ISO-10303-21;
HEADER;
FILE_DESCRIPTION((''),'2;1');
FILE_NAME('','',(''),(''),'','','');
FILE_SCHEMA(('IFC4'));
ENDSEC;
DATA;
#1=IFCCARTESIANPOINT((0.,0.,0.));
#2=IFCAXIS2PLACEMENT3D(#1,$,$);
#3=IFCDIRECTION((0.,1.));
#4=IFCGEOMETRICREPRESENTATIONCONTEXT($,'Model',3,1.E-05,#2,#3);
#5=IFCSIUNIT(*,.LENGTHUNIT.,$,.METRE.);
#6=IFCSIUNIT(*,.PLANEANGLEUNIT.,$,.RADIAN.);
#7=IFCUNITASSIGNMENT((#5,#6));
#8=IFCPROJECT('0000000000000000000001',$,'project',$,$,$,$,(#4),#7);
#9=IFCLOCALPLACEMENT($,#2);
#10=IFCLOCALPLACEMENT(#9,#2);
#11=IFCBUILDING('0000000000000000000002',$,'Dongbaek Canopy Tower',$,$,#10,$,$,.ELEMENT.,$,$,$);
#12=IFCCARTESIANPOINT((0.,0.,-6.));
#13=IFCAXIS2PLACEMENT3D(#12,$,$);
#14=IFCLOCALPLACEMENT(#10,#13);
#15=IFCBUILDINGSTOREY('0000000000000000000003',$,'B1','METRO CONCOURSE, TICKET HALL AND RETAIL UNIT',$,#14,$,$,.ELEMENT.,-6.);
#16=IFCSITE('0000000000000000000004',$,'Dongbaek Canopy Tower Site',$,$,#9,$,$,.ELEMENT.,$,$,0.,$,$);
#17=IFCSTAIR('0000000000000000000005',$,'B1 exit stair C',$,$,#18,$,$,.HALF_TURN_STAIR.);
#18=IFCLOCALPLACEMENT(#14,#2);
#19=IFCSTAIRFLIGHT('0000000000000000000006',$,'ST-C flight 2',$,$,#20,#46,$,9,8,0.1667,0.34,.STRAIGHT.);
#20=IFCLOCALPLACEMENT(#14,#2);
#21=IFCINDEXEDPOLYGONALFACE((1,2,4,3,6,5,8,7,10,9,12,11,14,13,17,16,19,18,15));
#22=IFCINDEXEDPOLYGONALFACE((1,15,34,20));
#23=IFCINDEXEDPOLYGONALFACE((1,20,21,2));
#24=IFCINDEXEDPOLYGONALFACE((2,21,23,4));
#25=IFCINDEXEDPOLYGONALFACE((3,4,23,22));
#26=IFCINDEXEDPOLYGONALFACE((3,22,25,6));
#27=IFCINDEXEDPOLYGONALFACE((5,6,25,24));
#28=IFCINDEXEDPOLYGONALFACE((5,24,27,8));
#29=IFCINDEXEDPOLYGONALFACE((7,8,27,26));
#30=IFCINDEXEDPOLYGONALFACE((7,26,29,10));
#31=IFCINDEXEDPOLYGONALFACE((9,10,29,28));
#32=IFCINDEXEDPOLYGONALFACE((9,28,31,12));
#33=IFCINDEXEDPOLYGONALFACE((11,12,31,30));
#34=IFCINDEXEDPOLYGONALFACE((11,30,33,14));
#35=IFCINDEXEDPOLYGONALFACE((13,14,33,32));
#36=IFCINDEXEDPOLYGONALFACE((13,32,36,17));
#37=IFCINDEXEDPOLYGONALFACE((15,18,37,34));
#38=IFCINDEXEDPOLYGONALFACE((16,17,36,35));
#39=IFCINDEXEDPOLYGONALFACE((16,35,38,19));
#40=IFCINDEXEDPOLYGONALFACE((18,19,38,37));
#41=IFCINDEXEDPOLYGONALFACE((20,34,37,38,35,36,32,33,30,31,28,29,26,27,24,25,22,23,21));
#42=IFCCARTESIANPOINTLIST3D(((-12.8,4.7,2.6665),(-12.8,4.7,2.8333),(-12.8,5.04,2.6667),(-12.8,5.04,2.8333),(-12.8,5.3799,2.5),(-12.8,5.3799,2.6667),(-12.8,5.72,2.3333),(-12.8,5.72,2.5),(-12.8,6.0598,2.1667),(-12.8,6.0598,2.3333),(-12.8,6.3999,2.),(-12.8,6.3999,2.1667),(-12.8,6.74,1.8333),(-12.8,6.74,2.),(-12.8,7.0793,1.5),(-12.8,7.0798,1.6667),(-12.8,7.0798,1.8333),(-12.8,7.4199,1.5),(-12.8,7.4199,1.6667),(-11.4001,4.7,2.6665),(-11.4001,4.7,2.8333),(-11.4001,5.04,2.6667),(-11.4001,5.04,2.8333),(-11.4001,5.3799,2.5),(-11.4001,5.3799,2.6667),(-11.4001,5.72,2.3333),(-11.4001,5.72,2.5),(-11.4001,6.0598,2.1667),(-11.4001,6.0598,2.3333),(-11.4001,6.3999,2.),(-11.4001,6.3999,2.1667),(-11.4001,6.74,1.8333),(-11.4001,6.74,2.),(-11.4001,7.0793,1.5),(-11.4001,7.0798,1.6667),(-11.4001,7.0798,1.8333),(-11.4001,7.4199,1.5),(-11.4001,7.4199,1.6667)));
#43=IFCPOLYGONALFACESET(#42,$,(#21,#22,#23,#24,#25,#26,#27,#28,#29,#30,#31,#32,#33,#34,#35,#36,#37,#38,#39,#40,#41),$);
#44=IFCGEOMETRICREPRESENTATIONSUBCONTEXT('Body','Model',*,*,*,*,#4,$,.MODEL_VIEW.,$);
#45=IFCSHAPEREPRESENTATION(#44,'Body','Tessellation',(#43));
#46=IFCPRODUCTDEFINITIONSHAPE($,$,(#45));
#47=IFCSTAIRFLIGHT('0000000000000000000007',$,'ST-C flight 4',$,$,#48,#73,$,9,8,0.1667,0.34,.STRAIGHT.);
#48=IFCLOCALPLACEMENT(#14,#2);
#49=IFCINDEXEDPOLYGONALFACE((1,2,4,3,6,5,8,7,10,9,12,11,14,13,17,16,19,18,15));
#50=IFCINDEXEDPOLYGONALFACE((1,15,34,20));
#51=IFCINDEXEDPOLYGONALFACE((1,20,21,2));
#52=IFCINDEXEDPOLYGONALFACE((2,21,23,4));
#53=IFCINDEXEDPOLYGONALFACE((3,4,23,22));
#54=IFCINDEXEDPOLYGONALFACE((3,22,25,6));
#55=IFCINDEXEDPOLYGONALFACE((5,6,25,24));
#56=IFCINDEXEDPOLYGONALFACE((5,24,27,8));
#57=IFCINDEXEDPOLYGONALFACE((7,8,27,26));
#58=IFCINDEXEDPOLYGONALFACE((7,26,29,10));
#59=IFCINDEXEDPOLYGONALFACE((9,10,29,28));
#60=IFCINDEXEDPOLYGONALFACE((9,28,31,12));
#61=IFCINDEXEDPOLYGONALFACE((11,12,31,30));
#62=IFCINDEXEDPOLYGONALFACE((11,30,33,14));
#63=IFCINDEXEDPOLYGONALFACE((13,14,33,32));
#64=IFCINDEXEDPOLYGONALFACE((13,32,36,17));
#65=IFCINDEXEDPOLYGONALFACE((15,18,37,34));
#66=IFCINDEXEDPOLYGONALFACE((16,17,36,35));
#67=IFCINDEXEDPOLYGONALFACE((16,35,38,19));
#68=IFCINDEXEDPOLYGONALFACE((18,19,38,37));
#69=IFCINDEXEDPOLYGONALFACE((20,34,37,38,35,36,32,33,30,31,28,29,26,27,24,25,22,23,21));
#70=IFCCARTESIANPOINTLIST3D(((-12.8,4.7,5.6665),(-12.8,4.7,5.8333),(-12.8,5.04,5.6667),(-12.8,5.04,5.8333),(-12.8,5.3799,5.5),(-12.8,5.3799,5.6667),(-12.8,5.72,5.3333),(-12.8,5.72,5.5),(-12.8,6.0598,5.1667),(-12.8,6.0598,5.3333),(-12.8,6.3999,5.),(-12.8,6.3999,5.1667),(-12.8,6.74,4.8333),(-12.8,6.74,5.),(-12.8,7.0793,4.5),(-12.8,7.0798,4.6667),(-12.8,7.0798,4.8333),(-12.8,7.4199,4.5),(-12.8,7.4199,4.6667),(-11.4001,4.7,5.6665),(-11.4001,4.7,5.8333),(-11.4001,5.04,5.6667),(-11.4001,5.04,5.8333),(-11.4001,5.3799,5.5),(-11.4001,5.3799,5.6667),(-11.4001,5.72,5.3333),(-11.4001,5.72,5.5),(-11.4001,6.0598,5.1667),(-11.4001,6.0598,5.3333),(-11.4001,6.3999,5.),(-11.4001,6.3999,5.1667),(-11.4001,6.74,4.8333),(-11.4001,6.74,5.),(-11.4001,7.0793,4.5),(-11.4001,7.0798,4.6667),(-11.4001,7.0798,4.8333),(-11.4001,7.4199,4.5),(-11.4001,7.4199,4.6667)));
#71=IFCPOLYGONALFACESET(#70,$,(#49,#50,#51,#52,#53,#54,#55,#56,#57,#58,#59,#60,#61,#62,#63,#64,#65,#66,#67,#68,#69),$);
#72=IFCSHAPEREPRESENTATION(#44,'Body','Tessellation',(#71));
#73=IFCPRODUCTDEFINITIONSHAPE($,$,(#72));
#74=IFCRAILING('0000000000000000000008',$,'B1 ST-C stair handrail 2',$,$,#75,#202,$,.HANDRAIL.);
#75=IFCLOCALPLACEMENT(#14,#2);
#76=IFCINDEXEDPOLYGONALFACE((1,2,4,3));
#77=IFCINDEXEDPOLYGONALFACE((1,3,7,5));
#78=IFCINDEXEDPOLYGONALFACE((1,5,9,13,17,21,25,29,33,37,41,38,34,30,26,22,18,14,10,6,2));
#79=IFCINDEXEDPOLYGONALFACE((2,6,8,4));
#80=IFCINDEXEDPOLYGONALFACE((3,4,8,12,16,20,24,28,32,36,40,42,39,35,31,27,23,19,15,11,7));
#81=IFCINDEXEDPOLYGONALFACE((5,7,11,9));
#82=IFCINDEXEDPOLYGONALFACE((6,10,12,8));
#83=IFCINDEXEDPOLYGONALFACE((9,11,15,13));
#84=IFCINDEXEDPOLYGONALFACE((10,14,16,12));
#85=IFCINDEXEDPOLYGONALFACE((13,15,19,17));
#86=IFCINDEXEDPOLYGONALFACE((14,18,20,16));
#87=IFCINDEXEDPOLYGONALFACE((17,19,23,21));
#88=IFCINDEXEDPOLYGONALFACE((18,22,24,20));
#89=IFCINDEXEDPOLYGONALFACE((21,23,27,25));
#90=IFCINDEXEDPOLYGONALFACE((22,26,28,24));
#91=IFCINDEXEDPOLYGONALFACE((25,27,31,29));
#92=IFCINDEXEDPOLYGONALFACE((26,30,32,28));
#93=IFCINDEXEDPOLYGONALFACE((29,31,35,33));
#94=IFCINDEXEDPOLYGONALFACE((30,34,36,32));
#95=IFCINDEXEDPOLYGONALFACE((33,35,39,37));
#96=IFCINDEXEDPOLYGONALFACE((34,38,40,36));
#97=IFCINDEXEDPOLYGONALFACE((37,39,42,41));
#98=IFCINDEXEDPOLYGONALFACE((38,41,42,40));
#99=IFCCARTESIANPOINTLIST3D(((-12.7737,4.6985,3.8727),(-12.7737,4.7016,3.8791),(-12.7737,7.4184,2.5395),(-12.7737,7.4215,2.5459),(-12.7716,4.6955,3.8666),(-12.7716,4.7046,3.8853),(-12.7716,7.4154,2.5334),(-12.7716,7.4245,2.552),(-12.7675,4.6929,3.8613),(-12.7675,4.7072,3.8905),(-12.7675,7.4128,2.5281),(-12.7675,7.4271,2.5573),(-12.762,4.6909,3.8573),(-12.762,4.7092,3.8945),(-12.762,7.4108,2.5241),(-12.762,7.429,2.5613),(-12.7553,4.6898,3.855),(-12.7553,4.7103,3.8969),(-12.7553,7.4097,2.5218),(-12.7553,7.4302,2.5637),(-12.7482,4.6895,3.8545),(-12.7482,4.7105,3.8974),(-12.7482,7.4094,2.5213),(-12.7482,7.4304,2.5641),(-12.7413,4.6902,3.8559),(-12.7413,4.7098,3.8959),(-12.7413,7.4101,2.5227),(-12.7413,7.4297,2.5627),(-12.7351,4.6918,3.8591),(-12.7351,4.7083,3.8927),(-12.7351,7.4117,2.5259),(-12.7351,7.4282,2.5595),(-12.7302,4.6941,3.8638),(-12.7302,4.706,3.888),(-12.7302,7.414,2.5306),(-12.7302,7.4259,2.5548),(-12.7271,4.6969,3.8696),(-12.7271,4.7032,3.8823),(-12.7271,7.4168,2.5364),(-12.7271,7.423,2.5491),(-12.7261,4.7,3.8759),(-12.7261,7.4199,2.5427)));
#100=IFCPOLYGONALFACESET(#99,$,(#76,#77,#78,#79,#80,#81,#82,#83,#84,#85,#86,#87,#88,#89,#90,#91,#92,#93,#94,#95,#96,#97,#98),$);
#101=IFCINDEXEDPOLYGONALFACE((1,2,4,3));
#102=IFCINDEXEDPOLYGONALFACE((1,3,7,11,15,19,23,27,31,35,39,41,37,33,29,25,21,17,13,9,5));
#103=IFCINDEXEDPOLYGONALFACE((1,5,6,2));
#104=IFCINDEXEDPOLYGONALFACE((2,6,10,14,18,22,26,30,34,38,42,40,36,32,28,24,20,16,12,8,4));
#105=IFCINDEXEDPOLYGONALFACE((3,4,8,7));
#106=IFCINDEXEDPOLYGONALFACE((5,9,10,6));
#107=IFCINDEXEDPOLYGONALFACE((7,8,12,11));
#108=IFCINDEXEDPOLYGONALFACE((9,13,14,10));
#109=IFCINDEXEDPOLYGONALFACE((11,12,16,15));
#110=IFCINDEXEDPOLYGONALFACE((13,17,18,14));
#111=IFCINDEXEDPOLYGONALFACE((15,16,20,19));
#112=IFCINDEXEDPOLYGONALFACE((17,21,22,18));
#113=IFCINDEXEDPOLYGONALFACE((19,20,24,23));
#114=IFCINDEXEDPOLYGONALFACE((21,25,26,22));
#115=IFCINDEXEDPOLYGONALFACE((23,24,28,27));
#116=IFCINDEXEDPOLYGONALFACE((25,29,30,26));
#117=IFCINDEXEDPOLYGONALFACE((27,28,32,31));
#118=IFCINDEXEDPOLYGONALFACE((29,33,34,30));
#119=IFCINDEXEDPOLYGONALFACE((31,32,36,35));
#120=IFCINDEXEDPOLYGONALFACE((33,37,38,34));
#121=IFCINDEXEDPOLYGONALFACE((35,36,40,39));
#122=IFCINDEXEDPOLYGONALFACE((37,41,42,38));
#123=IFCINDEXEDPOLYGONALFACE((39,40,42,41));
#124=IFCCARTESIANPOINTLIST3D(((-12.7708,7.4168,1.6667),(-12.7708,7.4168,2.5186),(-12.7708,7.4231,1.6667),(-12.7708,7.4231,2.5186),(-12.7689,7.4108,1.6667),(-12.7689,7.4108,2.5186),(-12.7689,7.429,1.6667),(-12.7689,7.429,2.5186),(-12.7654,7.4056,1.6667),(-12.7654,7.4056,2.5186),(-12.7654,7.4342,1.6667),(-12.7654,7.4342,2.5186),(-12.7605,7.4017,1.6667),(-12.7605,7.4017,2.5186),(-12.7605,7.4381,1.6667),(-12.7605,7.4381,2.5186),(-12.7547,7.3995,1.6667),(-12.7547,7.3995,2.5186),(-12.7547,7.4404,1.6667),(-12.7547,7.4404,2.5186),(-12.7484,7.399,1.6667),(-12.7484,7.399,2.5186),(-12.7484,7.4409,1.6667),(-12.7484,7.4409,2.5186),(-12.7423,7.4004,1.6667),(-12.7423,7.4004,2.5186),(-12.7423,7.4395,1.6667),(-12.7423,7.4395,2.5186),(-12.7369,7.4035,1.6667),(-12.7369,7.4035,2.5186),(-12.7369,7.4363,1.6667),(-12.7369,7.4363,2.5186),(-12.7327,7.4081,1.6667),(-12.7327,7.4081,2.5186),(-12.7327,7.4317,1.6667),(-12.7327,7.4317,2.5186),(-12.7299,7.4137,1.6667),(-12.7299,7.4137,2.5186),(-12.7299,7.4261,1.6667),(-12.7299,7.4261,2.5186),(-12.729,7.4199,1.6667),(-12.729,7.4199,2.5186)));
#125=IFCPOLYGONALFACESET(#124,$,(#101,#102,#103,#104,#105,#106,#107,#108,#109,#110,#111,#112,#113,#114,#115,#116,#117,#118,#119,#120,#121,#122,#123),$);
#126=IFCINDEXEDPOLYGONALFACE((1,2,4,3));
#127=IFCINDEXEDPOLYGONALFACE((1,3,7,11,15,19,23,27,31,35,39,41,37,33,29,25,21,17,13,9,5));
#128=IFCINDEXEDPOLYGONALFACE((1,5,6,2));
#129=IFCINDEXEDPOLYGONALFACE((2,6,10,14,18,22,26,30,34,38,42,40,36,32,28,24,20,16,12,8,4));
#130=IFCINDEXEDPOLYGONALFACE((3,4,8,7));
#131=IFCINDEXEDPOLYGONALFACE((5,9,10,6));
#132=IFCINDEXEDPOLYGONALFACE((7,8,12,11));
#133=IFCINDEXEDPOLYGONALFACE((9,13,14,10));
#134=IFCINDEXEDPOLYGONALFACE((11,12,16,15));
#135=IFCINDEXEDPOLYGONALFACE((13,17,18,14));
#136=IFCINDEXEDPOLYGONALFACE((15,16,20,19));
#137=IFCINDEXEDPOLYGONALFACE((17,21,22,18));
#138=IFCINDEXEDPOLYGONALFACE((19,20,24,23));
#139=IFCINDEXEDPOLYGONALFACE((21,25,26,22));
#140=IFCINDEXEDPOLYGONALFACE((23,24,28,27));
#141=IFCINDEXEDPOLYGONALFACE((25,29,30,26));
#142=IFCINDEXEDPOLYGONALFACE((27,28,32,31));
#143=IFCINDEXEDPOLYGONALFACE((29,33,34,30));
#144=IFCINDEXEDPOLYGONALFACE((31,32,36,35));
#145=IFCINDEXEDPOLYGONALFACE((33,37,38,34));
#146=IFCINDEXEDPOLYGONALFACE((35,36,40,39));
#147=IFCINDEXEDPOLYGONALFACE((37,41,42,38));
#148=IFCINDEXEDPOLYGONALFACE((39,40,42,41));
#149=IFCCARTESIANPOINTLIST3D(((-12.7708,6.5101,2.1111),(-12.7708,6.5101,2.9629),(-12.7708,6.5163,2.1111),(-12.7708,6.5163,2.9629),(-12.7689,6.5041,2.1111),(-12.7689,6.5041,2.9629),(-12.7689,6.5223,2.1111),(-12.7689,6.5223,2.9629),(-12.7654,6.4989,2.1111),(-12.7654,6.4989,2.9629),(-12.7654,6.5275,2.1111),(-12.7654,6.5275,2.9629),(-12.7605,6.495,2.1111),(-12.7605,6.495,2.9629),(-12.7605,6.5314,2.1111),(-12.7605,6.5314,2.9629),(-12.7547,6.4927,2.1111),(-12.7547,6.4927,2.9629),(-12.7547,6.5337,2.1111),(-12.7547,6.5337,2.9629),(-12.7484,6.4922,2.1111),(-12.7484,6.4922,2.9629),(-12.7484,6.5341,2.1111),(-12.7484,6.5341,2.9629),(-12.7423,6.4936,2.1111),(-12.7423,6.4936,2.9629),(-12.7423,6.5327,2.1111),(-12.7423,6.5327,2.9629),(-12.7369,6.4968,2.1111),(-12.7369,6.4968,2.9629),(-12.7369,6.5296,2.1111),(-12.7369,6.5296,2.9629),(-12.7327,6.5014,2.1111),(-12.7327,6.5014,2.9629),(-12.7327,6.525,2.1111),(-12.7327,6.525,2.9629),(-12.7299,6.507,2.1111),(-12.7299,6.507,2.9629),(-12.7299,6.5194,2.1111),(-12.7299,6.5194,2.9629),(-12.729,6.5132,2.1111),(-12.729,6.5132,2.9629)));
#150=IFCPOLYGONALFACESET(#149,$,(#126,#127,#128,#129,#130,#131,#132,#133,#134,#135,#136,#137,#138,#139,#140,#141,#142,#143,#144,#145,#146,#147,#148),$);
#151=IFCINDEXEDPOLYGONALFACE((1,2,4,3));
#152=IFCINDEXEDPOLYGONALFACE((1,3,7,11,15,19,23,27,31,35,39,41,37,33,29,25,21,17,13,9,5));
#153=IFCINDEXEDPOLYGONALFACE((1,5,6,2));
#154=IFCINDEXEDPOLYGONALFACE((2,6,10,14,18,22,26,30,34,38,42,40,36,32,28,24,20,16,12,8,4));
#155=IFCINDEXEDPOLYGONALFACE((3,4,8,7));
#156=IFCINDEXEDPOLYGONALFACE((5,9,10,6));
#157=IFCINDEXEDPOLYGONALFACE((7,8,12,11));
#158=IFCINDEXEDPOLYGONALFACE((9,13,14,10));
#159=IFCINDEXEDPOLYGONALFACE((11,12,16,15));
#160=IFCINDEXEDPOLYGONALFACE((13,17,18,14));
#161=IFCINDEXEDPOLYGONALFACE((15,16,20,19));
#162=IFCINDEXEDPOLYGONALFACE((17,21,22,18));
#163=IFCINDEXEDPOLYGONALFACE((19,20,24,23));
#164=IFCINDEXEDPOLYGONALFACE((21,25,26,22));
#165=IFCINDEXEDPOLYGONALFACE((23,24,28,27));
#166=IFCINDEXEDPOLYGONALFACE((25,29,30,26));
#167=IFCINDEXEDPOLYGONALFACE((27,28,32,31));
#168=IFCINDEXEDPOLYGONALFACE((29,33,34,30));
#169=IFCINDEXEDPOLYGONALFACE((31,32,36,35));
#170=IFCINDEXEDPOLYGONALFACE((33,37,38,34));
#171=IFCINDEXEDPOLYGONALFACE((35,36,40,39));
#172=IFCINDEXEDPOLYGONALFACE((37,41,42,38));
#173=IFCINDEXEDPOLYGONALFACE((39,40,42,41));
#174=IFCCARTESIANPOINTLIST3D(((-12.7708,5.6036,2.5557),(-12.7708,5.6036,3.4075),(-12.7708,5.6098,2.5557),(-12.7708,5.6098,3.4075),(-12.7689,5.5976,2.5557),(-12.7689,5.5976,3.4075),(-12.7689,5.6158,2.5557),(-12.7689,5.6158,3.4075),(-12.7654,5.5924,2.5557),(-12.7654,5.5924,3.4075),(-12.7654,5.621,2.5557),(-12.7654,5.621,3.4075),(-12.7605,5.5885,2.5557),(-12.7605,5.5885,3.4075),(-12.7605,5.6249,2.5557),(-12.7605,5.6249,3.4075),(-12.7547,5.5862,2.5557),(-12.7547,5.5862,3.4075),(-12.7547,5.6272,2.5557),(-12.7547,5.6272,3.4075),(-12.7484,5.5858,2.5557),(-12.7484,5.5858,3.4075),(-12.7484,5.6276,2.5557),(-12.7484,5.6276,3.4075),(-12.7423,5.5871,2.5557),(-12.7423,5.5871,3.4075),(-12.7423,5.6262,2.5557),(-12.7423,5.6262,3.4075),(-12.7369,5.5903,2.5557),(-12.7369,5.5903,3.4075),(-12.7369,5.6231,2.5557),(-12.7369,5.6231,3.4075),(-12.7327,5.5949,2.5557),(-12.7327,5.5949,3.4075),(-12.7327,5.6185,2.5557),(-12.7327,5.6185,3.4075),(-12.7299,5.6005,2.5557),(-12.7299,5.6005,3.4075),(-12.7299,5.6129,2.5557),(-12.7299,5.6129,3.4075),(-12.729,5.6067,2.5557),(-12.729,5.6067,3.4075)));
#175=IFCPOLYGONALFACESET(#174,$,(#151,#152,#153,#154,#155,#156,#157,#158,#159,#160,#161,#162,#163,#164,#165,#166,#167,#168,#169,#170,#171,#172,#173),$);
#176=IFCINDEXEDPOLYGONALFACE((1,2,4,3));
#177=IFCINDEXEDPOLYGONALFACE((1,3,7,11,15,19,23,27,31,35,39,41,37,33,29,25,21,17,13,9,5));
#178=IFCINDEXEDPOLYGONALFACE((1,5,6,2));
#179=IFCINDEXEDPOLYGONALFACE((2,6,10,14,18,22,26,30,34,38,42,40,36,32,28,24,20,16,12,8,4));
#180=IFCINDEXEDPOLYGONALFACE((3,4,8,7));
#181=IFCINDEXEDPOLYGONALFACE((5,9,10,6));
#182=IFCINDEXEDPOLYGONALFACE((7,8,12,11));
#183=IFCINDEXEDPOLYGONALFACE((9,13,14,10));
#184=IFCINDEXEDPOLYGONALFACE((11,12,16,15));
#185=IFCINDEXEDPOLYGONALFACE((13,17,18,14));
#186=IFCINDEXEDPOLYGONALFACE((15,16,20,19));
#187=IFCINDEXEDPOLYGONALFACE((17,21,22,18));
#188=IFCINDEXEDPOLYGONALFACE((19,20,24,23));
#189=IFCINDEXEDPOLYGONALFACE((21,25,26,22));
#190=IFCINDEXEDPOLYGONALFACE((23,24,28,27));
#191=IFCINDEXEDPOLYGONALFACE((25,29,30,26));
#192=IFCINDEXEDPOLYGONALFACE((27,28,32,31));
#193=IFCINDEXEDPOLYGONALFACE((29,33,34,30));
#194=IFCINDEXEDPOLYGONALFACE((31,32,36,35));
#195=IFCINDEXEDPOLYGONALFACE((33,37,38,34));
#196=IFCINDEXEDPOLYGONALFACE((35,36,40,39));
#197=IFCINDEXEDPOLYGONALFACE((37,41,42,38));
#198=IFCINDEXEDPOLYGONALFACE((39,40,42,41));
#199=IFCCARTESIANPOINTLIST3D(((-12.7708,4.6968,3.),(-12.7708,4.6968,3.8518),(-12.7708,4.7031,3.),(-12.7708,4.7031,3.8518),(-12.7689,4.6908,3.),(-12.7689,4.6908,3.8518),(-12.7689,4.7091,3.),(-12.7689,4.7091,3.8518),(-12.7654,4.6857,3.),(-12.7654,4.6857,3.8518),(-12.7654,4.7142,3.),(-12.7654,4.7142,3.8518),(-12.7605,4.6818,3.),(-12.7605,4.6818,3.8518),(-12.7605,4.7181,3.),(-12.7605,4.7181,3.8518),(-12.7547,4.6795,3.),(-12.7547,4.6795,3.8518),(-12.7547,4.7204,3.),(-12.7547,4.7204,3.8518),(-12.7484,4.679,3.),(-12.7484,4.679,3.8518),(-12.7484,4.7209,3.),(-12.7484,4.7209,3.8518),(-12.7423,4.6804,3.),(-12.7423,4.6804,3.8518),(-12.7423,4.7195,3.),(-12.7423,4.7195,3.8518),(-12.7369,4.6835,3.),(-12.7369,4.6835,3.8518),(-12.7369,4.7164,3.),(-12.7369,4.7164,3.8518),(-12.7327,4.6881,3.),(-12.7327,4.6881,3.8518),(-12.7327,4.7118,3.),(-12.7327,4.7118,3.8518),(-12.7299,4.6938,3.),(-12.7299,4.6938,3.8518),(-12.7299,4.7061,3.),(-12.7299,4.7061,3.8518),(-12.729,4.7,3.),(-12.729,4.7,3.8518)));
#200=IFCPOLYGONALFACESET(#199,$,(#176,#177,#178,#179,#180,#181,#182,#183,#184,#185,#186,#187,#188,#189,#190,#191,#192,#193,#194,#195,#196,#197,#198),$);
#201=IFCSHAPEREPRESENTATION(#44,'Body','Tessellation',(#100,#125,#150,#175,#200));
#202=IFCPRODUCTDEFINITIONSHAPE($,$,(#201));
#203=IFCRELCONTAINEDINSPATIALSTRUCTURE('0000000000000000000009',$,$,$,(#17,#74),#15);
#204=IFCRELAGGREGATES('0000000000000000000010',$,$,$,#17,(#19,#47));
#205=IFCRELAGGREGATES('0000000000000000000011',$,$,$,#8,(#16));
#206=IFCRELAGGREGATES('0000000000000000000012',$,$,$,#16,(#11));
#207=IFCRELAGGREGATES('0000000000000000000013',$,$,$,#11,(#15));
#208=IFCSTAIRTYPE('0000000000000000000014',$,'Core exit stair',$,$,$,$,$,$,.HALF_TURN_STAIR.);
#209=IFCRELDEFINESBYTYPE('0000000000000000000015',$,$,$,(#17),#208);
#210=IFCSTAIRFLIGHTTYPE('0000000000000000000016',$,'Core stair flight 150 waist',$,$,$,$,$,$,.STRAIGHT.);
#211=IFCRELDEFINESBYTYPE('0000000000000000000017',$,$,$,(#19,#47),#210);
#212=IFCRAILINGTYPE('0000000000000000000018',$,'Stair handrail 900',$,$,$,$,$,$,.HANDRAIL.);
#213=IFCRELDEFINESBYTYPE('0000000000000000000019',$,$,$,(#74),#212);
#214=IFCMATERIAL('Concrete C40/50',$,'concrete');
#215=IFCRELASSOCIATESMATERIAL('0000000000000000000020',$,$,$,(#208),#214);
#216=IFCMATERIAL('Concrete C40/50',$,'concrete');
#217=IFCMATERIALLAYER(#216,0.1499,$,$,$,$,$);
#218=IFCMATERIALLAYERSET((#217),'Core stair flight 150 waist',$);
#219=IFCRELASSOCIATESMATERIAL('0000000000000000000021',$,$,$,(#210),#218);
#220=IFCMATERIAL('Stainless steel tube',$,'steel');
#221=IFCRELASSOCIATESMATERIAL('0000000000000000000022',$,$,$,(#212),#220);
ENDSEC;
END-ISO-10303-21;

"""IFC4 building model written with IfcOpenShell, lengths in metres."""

from ifc_helpers import new_model, si_unit, direction, frame, origin, origin_2d, place, context, subcontext, project, spatial, polyline, circle, outline, extrude, material, layer, layer_set, type_object, element, aggregate, save


model = new_model("IFC4")

# Units and contexts
model_context = context("Model", 3, precision=1e-05, world=origin(), true_north=direction((0.0, 1.0)))
body_context = subcontext(model_context, "Body", "Model", "MODEL_VIEW")
ifc_project = project(units=[si_unit("LENGTHUNIT", "METRE"), si_unit("PLANEANGLEUNIT", "RADIAN")], contexts=[model_context])

# Site, building, storey
site_placement = place(None, origin())
site = spatial("IfcSite", under=ifc_project, at=site_placement, Name="Dongbaek Canopy Tower Site", CompositionType="ELEMENT", RefElevation=0.0)
building_placement = place(site_placement, origin())
building = spatial("IfcBuilding", under=site, at=building_placement, Name="Dongbaek Canopy Tower", CompositionType="ELEMENT")
storey_placement = place(building_placement, frame((0.0, 0.0, -6.0)))
storey = spatial("IfcBuildingStorey", under=building, at=storey_placement, Name="B1", Description="METRO CONCOURSE, TICKET HALL AND RETAIL UNIT", CompositionType="ELEMENT", Elevation=-6.0)

# Stair, stair flights
ifc_material_1 = material(Name="Concrete C40/50", Category="concrete")
stair_type = type_object("IfcStairType", Name="Core exit stair", PredefinedType="HALF_TURN_STAIR", material=ifc_material_1)
stair_placement = place(storey_placement, origin())
stair = element("IfcStair", 1, at=stair_placement, inside=storey, type_object=stair_type, Name="B1 exit stair C", PredefinedType="HALF_TURN_STAIR")
ifc_material_2 = material(Name="Concrete C40/50", Category="concrete")
ifc_layer_1 = layer(ifc_material_2, 0.1499)
ifc_layer_set_1 = layer_set([ifc_layer_1], Name="Core stair flight 150 waist")
stair_flight_type = type_object("IfcStairFlightType", Name="Core stair flight 150 waist", PredefinedType="STRAIGHT", material=ifc_layer_set_1)
stair_flight_1_placement = place(storey_placement, frame((-12.1001, 7.4199, 1.5), z_axis=(0.0, 0.0, 1.0), x_axis=(0.0, -1.0, 0.0)))
stair_flight_1 = element("IfcStairFlight", 2, at=stair_flight_1_placement, type_object=stair_flight_type, Name="ST-C flight 2", NumberOfRisers=9, NumberOfTreads=8, PredefinedType="STRAIGHT", RiserHeight=0.1667, TreadLength=0.34, context=body_context, shape_type="SweptSolid", body=[
    extrude(outline(polyline([(0.0, 0.0), (0.0, 0.1667), (0.3401, 0.1667), (0.3401, 0.3333), (0.6799, 0.3333), (0.6799, 0.5), (1.02, 0.5), (1.02, 0.6667), (1.3601, 0.6667), (1.3601, 0.8333), (1.7, 0.8333), (1.7, 1.0), (2.04, 1.0), (2.04, 1.1667), (2.3799, 1.1667), (2.3799, 1.3333), (2.72, 1.3333), (2.72, 1.5), (2.72, 1.1665), (0.3406, 0.0), (0.0, 0.0)])), frame((0.0, 0.7, 0.0), z_axis=(0.0, -1.0, 0.0), x_axis=(1.0, 0.0, 0.0)), (0.0, 0.0, 1.0), 1.3999),
])
stair_flight_2_placement = place(storey_placement, frame((-12.1001, 7.4199, 4.5), z_axis=(0.0, 0.0, 1.0), x_axis=(0.0, -1.0, 0.0)))
stair_flight_2 = element("IfcStairFlight", 3, at=stair_flight_2_placement, type_object=stair_flight_type, Name="ST-C flight 4", NumberOfRisers=9, NumberOfTreads=8, PredefinedType="STRAIGHT", RiserHeight=0.1667, TreadLength=0.34, context=body_context, shape_type="SweptSolid", body=[
    extrude(outline(polyline([(0.0, 0.0), (0.0, 0.1667), (0.3401, 0.1667), (0.3401, 0.3333), (0.6799, 0.3333), (0.6799, 0.5), (1.02, 0.5), (1.02, 0.6667), (1.3601, 0.6667), (1.3601, 0.8333), (1.7, 0.8333), (1.7, 1.0), (2.04, 1.0), (2.04, 1.1667), (2.3799, 1.1667), (2.3799, 1.3333), (2.72, 1.3333), (2.72, 1.5), (2.72, 1.1665), (0.3406, 0.0), (0.0, 0.0)])), frame((0.0, 0.7, 0.0), z_axis=(0.0, -1.0, 0.0), x_axis=(1.0, 0.0, 0.0)), (0.0, 0.0, 1.0), 1.3999),
])
aggregate(stair, [stair_flight_1, stair_flight_2])

# Railing
ifc_material_3 = material(Name="Stainless steel tube", Category="steel")
railing_type = type_object("IfcRailingType", Name="Stair handrail 900", PredefinedType="HANDRAIL", material=ifc_material_3)
for number, where, name in (
    (4, (-12.75, 7.4199, 1.6667), "B1 ST-C stair handrail 2"),
):
    element("IfcRailing", number, at=place(storey_placement, frame(where)), inside=storey, type_object=railing_type, Name=name, PredefinedType="HANDRAIL", context=body_context, shape_type="SweptSolid", body=[
        extrude(circle(Radius=0.0239, at=origin_2d()), frame((0.0, 0.0, 0.876), z_axis=(0.0, -0.897929, 0.440139), x_axis=(1.0, 0.0, 0.0)), (0.0, 0.0, 1.0), 3.0291),
        extrude(circle(Radius=0.021, at=origin_2d()), origin(), (0.0, 0.0, 1.0), 0.8518),
        extrude(circle(Radius=0.021, at=origin_2d()), frame((0.0, -0.9067, 0.4443)), (0.0, 0.0, 1.0), 0.8518),
        extrude(circle(Radius=0.021, at=origin_2d()), frame((0.0, -1.8132, 0.8889)), (0.0, 0.0, 1.0), 0.8518),
        extrude(circle(Radius=0.021, at=origin_2d()), frame((0.0, -2.72, 1.3333)), (0.0, 0.0, 1.0), 0.8518),
    ])

save(model, "model.ifc")
